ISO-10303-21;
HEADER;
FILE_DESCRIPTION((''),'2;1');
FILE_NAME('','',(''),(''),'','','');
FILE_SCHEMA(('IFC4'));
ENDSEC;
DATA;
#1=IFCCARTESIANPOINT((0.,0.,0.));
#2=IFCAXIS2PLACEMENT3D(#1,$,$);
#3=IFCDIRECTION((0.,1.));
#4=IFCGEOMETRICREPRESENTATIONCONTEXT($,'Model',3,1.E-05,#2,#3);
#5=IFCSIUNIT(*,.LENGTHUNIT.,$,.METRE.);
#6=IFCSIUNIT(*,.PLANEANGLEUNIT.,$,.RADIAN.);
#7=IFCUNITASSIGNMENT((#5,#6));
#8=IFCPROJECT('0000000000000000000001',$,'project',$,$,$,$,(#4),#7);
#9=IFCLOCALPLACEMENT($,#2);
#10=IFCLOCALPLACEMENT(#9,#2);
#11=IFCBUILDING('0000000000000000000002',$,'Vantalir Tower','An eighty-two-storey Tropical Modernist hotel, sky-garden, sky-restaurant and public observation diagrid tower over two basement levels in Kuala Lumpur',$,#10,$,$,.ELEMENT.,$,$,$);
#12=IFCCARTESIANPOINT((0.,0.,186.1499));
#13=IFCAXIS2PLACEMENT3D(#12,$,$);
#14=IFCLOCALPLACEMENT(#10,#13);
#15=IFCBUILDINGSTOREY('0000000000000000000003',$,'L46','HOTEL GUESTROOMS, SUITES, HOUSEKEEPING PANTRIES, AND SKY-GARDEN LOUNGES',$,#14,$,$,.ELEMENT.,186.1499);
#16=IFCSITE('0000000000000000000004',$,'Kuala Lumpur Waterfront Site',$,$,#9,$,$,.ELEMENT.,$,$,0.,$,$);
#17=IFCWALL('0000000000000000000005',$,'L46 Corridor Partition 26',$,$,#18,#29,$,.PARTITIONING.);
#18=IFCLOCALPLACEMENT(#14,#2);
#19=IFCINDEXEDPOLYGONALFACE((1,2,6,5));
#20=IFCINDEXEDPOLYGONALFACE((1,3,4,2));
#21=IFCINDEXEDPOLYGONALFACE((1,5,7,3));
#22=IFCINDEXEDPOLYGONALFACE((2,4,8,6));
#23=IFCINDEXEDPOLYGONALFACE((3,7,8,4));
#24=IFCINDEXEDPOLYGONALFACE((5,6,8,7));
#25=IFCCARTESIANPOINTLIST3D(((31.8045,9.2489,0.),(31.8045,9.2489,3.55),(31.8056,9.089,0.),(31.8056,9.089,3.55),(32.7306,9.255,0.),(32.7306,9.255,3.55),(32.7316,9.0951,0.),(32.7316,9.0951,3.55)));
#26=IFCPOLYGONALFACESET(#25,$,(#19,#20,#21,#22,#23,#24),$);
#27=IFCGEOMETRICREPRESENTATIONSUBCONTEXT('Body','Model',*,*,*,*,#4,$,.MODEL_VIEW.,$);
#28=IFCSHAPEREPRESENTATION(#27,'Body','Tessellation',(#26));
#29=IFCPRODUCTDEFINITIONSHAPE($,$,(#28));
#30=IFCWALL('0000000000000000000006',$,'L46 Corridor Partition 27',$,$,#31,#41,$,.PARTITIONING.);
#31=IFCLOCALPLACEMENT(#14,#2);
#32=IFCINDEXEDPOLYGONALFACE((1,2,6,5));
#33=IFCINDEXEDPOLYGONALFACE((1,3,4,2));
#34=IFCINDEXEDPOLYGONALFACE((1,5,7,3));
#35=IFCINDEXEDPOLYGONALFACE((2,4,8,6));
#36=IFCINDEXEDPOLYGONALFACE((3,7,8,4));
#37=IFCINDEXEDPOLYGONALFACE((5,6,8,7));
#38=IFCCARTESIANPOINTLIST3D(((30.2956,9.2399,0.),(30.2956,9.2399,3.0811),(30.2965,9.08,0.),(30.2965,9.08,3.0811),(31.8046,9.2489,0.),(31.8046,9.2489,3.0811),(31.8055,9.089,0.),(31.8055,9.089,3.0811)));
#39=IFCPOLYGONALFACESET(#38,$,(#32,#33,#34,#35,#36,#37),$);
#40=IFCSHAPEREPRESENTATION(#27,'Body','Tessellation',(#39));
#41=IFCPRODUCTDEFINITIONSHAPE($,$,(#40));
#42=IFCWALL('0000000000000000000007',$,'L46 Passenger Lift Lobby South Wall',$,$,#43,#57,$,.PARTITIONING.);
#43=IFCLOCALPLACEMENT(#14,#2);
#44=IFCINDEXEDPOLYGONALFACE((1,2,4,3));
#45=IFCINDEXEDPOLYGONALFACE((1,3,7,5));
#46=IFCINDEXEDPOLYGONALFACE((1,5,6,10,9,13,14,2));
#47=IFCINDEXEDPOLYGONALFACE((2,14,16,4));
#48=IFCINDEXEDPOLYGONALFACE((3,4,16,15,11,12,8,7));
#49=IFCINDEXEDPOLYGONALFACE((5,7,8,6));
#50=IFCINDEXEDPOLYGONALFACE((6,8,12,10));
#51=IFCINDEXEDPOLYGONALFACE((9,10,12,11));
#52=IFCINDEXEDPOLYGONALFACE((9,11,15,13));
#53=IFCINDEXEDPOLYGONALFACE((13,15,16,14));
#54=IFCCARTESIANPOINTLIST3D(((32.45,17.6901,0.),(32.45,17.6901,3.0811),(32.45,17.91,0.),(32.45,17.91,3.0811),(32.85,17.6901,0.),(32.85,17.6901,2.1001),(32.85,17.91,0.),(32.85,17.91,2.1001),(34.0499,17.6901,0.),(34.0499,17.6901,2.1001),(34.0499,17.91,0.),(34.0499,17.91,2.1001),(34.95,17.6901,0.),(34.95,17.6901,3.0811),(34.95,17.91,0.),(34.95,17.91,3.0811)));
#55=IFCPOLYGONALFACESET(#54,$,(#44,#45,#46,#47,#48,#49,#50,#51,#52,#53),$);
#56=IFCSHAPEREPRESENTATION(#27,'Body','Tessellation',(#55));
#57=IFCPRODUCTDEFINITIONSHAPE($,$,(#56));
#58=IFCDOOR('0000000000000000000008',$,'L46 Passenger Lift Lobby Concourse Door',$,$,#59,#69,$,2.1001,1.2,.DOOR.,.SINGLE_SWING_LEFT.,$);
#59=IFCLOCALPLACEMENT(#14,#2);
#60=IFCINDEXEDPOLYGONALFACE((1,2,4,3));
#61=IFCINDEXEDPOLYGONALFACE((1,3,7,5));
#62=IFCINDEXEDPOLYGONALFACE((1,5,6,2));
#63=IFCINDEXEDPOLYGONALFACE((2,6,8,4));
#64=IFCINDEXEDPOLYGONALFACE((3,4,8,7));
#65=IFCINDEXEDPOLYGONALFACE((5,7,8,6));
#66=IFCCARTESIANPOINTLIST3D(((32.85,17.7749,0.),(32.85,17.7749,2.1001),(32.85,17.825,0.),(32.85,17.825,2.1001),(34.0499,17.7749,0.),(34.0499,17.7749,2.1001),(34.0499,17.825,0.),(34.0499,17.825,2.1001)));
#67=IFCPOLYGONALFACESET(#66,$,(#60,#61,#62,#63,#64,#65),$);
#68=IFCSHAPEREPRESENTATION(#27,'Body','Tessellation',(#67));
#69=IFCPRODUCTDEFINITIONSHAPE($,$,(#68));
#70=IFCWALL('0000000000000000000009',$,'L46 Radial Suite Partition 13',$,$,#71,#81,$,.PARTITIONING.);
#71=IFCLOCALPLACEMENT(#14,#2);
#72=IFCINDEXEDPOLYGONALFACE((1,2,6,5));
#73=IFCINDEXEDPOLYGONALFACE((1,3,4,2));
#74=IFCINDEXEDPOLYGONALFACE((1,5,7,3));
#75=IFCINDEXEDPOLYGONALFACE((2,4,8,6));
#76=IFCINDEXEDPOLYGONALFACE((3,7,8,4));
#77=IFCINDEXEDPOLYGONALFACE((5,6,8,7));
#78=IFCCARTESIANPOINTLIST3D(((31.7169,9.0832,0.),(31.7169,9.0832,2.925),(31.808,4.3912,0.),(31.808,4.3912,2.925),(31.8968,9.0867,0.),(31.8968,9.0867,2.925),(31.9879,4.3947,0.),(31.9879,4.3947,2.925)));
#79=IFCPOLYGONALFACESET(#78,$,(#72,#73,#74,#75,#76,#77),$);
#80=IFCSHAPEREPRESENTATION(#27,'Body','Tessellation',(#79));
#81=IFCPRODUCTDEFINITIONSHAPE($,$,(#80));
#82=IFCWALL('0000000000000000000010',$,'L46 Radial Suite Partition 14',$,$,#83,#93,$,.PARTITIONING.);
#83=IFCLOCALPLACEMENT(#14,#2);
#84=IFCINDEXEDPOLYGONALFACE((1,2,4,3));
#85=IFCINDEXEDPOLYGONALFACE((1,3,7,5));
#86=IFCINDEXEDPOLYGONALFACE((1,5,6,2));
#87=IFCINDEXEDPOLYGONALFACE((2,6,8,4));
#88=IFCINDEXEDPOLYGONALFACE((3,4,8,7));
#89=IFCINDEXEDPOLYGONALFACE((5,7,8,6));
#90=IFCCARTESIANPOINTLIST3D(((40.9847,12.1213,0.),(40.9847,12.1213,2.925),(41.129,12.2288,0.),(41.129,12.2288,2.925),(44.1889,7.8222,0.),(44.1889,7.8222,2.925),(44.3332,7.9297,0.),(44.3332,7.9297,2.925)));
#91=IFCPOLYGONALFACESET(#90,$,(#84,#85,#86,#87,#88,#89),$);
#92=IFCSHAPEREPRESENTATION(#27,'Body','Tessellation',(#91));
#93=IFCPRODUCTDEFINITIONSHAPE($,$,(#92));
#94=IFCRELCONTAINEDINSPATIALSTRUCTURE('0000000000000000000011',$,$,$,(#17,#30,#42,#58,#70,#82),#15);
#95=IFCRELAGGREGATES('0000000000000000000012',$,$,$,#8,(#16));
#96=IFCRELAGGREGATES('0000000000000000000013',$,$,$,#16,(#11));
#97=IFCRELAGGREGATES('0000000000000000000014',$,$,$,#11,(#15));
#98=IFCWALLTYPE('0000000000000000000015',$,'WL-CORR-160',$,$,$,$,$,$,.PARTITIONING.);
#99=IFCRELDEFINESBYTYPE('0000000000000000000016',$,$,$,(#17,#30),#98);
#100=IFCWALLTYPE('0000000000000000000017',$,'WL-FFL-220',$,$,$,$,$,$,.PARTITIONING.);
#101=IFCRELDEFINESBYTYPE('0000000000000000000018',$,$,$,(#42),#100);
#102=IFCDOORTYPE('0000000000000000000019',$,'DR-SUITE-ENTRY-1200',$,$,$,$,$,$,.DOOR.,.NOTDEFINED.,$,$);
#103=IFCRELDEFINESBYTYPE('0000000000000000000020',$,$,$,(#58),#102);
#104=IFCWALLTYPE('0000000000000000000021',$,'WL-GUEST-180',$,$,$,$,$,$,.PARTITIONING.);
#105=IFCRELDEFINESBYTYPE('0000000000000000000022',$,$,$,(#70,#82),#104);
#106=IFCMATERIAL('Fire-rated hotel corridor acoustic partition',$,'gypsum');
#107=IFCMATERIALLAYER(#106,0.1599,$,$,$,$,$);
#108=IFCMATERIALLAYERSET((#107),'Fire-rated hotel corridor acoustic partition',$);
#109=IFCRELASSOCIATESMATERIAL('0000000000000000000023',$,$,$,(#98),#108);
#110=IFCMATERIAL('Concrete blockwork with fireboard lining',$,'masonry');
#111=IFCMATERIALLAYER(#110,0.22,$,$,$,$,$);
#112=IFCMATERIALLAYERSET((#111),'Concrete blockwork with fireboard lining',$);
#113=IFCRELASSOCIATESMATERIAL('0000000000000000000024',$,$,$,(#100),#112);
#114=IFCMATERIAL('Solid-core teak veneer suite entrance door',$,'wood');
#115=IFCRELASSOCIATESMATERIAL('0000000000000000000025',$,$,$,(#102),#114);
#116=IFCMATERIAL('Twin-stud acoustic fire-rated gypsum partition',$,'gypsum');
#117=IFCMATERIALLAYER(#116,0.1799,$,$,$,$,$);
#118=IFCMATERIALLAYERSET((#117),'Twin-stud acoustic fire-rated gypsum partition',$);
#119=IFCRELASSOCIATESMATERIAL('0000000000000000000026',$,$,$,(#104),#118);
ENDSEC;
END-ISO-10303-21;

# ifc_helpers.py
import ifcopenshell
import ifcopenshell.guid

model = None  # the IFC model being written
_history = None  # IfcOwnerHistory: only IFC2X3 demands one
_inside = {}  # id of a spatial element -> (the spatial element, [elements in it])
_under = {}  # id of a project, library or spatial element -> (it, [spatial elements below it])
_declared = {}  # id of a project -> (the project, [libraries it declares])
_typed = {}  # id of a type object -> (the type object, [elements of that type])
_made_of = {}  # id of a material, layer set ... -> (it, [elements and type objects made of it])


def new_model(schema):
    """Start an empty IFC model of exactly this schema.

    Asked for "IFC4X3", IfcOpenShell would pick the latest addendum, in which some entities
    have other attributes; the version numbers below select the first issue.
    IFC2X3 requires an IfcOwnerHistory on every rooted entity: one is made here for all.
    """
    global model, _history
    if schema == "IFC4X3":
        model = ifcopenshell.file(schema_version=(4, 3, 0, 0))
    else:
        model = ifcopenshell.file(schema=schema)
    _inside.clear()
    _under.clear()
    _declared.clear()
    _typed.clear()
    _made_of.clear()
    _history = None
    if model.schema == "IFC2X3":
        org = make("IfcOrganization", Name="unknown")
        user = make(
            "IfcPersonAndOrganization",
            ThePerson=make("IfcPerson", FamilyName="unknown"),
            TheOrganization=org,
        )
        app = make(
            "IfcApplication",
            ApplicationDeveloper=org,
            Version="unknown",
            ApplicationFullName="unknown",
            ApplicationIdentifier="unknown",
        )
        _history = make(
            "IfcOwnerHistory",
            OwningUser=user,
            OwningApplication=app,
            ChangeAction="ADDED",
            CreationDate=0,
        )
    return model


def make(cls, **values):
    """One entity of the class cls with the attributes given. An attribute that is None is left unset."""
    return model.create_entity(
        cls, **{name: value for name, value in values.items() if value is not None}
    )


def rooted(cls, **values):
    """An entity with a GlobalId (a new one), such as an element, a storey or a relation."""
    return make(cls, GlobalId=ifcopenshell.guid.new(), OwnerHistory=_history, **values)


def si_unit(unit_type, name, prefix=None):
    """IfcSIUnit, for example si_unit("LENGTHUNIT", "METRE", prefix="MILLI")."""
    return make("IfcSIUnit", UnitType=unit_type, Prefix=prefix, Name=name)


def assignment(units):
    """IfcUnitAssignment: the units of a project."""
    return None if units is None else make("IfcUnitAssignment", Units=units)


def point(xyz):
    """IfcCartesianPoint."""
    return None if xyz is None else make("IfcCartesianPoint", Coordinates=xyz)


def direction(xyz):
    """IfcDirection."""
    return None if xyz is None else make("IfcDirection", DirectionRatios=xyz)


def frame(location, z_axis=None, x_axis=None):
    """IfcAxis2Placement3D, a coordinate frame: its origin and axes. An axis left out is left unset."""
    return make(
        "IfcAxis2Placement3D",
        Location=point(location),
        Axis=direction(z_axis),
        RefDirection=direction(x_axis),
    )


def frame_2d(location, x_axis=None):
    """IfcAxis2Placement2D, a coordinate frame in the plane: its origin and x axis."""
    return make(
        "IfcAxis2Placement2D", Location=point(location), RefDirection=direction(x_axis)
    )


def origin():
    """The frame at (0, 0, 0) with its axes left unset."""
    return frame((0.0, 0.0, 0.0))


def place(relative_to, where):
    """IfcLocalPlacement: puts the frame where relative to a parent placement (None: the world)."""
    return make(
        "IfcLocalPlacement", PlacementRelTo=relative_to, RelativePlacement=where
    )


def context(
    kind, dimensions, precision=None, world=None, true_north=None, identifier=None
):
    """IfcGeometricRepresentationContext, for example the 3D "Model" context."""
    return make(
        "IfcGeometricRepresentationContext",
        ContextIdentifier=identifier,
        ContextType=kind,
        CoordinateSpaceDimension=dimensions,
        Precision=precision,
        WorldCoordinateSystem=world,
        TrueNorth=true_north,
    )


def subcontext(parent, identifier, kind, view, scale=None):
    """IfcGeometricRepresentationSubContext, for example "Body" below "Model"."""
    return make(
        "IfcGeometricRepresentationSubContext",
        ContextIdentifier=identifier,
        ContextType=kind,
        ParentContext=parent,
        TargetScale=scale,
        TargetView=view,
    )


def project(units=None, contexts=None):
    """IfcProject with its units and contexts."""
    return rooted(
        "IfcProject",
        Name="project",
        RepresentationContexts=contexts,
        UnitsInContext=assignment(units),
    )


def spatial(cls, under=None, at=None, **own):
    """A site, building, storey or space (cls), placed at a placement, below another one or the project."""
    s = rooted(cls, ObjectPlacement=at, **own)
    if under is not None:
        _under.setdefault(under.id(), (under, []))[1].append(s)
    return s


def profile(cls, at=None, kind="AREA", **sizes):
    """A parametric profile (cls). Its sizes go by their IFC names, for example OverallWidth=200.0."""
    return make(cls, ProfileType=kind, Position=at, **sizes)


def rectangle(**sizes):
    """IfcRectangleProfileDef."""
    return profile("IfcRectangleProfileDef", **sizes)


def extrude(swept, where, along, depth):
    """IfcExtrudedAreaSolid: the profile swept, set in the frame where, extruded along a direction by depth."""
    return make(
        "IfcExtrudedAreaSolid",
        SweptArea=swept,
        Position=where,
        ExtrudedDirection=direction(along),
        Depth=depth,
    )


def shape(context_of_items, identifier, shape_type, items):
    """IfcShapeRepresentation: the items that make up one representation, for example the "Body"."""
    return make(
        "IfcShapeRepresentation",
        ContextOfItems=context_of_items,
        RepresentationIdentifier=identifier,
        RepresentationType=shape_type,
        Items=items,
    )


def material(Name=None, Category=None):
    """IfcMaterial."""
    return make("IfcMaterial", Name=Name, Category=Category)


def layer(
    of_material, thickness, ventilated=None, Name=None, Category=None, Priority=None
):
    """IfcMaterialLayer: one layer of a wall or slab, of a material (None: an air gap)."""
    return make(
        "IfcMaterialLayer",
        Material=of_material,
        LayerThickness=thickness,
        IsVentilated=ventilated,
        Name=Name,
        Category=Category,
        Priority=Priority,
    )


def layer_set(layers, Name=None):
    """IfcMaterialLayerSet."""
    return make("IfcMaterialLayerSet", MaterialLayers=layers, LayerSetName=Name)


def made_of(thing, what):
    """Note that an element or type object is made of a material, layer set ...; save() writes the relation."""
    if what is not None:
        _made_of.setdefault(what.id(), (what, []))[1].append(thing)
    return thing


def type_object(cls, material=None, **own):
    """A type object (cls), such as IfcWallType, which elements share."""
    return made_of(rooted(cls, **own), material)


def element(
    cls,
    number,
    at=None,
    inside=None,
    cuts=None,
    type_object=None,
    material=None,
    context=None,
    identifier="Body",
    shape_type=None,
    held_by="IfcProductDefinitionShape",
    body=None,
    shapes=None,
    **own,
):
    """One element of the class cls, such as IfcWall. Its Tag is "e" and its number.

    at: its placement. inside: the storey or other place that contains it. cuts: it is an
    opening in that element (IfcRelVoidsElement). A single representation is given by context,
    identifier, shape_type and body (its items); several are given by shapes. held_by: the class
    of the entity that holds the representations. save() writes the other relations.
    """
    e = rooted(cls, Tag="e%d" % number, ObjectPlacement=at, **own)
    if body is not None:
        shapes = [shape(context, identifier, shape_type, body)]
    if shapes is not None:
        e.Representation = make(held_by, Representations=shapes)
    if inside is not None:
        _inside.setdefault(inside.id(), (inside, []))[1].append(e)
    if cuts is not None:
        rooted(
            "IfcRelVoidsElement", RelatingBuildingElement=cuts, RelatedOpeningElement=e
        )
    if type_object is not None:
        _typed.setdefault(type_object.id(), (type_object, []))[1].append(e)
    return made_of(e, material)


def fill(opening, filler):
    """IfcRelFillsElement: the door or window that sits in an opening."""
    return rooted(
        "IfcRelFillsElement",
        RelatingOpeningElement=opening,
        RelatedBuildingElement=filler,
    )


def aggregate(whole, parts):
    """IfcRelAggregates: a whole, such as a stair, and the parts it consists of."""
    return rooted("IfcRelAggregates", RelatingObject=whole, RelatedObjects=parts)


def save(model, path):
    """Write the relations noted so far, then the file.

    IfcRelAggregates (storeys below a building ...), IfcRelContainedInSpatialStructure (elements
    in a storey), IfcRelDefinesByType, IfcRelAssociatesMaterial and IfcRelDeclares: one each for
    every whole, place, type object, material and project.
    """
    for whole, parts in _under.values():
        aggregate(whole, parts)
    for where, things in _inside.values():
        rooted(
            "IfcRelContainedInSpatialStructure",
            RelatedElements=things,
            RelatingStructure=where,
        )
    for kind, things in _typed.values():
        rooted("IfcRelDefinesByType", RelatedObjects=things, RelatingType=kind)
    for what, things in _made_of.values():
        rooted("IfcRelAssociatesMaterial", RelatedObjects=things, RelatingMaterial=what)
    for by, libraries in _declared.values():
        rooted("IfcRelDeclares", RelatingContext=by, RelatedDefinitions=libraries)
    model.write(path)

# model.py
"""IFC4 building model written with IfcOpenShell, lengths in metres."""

from ifc_helpers import new_model, si_unit, direction, frame, frame_2d, origin, place, context, subcontext, project, spatial, rectangle, extrude, material, layer, layer_set, type_object, element, fill, save


model = new_model("IFC4")

# Units and contexts
model_context = context("Model", 3, precision=1e-05, world=origin(), true_north=direction((0.0, 1.0)))
body_context = subcontext(model_context, "Body", "Model", "MODEL_VIEW")
ifc_project = project(units=[si_unit("LENGTHUNIT", "METRE"), si_unit("PLANEANGLEUNIT", "RADIAN")], contexts=[model_context])

# Site, building, storey
site_placement = place(None, origin())
site = spatial("IfcSite", under=ifc_project, at=site_placement, Name="Kuala Lumpur Waterfront Site", CompositionType="ELEMENT", RefElevation=0.0)
building_placement = place(site_placement, origin())
building = spatial("IfcBuilding", under=site, at=building_placement, Name="Vantalir Tower", Description="An eighty-two-storey Tropical Modernist hotel, sky-garden, sky-restaurant and public observation diagrid tower over two basement levels in Kuala Lumpur", CompositionType="ELEMENT")
storey_placement = place(building_placement, frame((0.0, 0.0, 186.1499)))
storey = spatial("IfcBuildingStorey", under=building, at=storey_placement, Name="L46", Description="HOTEL GUESTROOMS, SUITES, HOUSEKEEPING PANTRIES, AND SKY-GARDEN LOUNGES", CompositionType="ELEMENT", Elevation=186.1499)

# Shared definitions
ifc_material_1 = material(Name="Fire-rated hotel corridor acoustic partition", Category="gypsum")
ifc_layer_1 = layer(ifc_material_1, 0.1599)
ifc_layer_set_1 = layer_set([ifc_layer_1], Name="Fire-rated hotel corridor acoustic partition")
wall_type_1 = type_object("IfcWallType", Name="WL-CORR-160", PredefinedType="PARTITIONING", material=ifc_layer_set_1)

# Walls
wall_1_placement = place(storey_placement, frame((32.731, 9.175, 0.0), z_axis=(0.0, 0.0, 1.0), x_axis=(-0.999978, -0.006591, 0.0)))
element("IfcWall", 1, at=wall_1_placement, inside=storey, type_object=wall_type_1, Name="L46 Corridor Partition 26", PredefinedType="PARTITIONING", context=body_context, shape_type="SweptSolid", body=[
    extrude(rectangle(XDim=0.926, YDim=0.1599, at=frame_2d((0.4629, 0.0))), origin(), (0.0, 0.0, 1.0), 3.55),
])
wall_2_placement = place(storey_placement, frame((31.8049, 9.1689, 0.0), z_axis=(0.0, 0.0, 1.0), x_axis=(-0.999982, -0.005986, 0.0)))
element("IfcWall", 2, at=wall_2_placement, inside=storey, type_object=wall_type_1, Name="L46 Corridor Partition 27", PredefinedType="PARTITIONING", context=body_context, shape_type="SweptSolid", body=[
    extrude(rectangle(XDim=1.509, YDim=0.1599, at=frame_2d((0.7544, 0.0))), origin(), (0.0, 0.0, 1.0), 3.0811),
])

# Wall, opening, door
ifc_material_2 = material(Name="Concrete blockwork with fireboard lining", Category="masonry")
ifc_layer_2 = layer(ifc_material_2, 0.22)
ifc_layer_set_2 = layer_set([ifc_layer_2], Name="Concrete blockwork with fireboard lining")
wall_type_2 = type_object("IfcWallType", Name="WL-FFL-220", PredefinedType="PARTITIONING", material=ifc_layer_set_2)
wall_3_placement = place(storey_placement, frame((32.45, 17.8, 0.0), z_axis=(0.0, 0.0, 1.0), x_axis=(1.0, 0.0, 0.0)))
wall_3 = element("IfcWall", 3, at=wall_3_placement, inside=storey, type_object=wall_type_2, Name="L46 Passenger Lift Lobby South Wall", PredefinedType="PARTITIONING", context=body_context, shape_type="SweptSolid", body=[
    extrude(rectangle(XDim=2.5, YDim=0.22, at=frame_2d((1.25, 0.0))), origin(), (0.0, 0.0, 1.0), 3.0811),
])
opening_1_placement = place(wall_3_placement, frame((0.3999, 0.0, 0.0)))
opening_1 = element("IfcOpeningElement", 4, at=opening_1_placement, cuts=wall_3, PredefinedType="OPENING", context=body_context, shape_type="SweptSolid", body=[
    extrude(rectangle(XDim=1.2, YDim=2.1001, at=frame_2d((0.6001, 1.05))), frame((0.0, 0.1199, 0.0), z_axis=(0.0, -1.0, 0.0), x_axis=(1.0, 0.0, 0.0)), (0.0, 0.0, 1.0), 0.24),
])
ifc_material_3 = material(Name="Solid-core teak veneer suite entrance door", Category="wood")
door_type_1 = type_object("IfcDoorType", Name="DR-SUITE-ENTRY-1200", OperationType="NOTDEFINED", PredefinedType="DOOR", material=ifc_material_3)
door_1_placement = place(opening_1_placement, origin())
door_1 = element("IfcDoor", 5, at=door_1_placement, inside=storey, type_object=door_type_1, Name="L46 Passenger Lift Lobby Concourse Door", OperationType="SINGLE_SWING_LEFT", OverallHeight=2.1001, OverallWidth=1.2, PredefinedType="DOOR", context=body_context, shape_type="SweptSolid", body=[
    extrude(rectangle(XDim=1.2, YDim=2.1001, at=frame_2d((0.6001, 1.05))), frame((0.0, 0.0249, 0.0), z_axis=(0.0, -1.0, 0.0), x_axis=(1.0, 0.0, 0.0)), (0.0, 0.0, 1.0), 0.05),
])
fill(opening_1, door_1)

# Walls
ifc_material_4 = material(Name="Twin-stud acoustic fire-rated gypsum partition", Category="gypsum")
ifc_layer_3 = layer(ifc_material_4, 0.1799)
ifc_layer_set_3 = layer_set([ifc_layer_3], Name="Twin-stud acoustic fire-rated gypsum partition")
wall_type_3 = type_object("IfcWallType", Name="WL-GUEST-180", PredefinedType="PARTITIONING", material=ifc_layer_set_3)
wall_4_placement = place(storey_placement, frame((31.8069, 9.085, 0.0), z_axis=(0.0, 0.0, 1.0), x_axis=(0.019405, -0.999812, 0.0)))
element("IfcWall", 6, at=wall_4_placement, inside=storey, type_object=wall_type_3, Name="L46 Radial Suite Partition 13", PredefinedType="PARTITIONING", context=body_context, shape_type="SweptSolid", body=[
    extrude(rectangle(XDim=4.6929, YDim=0.1799, at=frame_2d((2.3464, 0.0))), origin(), (0.0, 0.0, 1.0), 2.925),
])
wall_5_placement = place(storey_placement, frame((41.0569, 12.175, 0.0), z_axis=(0.0, 0.0, 1.0), x_axis=(0.597586, -0.801805, 0.0)))
element("IfcWall", 7, at=wall_5_placement, inside=storey, type_object=wall_type_3, Name="L46 Radial Suite Partition 14", PredefinedType="PARTITIONING", context=body_context, shape_type="SweptSolid", body=[
    extrude(rectangle(XDim=5.3618, YDim=0.1799, at=frame_2d((2.6809, 0.0))), origin(), (0.0, 0.0, 1.0), 2.925),
])

save(model, "model.ifc")
